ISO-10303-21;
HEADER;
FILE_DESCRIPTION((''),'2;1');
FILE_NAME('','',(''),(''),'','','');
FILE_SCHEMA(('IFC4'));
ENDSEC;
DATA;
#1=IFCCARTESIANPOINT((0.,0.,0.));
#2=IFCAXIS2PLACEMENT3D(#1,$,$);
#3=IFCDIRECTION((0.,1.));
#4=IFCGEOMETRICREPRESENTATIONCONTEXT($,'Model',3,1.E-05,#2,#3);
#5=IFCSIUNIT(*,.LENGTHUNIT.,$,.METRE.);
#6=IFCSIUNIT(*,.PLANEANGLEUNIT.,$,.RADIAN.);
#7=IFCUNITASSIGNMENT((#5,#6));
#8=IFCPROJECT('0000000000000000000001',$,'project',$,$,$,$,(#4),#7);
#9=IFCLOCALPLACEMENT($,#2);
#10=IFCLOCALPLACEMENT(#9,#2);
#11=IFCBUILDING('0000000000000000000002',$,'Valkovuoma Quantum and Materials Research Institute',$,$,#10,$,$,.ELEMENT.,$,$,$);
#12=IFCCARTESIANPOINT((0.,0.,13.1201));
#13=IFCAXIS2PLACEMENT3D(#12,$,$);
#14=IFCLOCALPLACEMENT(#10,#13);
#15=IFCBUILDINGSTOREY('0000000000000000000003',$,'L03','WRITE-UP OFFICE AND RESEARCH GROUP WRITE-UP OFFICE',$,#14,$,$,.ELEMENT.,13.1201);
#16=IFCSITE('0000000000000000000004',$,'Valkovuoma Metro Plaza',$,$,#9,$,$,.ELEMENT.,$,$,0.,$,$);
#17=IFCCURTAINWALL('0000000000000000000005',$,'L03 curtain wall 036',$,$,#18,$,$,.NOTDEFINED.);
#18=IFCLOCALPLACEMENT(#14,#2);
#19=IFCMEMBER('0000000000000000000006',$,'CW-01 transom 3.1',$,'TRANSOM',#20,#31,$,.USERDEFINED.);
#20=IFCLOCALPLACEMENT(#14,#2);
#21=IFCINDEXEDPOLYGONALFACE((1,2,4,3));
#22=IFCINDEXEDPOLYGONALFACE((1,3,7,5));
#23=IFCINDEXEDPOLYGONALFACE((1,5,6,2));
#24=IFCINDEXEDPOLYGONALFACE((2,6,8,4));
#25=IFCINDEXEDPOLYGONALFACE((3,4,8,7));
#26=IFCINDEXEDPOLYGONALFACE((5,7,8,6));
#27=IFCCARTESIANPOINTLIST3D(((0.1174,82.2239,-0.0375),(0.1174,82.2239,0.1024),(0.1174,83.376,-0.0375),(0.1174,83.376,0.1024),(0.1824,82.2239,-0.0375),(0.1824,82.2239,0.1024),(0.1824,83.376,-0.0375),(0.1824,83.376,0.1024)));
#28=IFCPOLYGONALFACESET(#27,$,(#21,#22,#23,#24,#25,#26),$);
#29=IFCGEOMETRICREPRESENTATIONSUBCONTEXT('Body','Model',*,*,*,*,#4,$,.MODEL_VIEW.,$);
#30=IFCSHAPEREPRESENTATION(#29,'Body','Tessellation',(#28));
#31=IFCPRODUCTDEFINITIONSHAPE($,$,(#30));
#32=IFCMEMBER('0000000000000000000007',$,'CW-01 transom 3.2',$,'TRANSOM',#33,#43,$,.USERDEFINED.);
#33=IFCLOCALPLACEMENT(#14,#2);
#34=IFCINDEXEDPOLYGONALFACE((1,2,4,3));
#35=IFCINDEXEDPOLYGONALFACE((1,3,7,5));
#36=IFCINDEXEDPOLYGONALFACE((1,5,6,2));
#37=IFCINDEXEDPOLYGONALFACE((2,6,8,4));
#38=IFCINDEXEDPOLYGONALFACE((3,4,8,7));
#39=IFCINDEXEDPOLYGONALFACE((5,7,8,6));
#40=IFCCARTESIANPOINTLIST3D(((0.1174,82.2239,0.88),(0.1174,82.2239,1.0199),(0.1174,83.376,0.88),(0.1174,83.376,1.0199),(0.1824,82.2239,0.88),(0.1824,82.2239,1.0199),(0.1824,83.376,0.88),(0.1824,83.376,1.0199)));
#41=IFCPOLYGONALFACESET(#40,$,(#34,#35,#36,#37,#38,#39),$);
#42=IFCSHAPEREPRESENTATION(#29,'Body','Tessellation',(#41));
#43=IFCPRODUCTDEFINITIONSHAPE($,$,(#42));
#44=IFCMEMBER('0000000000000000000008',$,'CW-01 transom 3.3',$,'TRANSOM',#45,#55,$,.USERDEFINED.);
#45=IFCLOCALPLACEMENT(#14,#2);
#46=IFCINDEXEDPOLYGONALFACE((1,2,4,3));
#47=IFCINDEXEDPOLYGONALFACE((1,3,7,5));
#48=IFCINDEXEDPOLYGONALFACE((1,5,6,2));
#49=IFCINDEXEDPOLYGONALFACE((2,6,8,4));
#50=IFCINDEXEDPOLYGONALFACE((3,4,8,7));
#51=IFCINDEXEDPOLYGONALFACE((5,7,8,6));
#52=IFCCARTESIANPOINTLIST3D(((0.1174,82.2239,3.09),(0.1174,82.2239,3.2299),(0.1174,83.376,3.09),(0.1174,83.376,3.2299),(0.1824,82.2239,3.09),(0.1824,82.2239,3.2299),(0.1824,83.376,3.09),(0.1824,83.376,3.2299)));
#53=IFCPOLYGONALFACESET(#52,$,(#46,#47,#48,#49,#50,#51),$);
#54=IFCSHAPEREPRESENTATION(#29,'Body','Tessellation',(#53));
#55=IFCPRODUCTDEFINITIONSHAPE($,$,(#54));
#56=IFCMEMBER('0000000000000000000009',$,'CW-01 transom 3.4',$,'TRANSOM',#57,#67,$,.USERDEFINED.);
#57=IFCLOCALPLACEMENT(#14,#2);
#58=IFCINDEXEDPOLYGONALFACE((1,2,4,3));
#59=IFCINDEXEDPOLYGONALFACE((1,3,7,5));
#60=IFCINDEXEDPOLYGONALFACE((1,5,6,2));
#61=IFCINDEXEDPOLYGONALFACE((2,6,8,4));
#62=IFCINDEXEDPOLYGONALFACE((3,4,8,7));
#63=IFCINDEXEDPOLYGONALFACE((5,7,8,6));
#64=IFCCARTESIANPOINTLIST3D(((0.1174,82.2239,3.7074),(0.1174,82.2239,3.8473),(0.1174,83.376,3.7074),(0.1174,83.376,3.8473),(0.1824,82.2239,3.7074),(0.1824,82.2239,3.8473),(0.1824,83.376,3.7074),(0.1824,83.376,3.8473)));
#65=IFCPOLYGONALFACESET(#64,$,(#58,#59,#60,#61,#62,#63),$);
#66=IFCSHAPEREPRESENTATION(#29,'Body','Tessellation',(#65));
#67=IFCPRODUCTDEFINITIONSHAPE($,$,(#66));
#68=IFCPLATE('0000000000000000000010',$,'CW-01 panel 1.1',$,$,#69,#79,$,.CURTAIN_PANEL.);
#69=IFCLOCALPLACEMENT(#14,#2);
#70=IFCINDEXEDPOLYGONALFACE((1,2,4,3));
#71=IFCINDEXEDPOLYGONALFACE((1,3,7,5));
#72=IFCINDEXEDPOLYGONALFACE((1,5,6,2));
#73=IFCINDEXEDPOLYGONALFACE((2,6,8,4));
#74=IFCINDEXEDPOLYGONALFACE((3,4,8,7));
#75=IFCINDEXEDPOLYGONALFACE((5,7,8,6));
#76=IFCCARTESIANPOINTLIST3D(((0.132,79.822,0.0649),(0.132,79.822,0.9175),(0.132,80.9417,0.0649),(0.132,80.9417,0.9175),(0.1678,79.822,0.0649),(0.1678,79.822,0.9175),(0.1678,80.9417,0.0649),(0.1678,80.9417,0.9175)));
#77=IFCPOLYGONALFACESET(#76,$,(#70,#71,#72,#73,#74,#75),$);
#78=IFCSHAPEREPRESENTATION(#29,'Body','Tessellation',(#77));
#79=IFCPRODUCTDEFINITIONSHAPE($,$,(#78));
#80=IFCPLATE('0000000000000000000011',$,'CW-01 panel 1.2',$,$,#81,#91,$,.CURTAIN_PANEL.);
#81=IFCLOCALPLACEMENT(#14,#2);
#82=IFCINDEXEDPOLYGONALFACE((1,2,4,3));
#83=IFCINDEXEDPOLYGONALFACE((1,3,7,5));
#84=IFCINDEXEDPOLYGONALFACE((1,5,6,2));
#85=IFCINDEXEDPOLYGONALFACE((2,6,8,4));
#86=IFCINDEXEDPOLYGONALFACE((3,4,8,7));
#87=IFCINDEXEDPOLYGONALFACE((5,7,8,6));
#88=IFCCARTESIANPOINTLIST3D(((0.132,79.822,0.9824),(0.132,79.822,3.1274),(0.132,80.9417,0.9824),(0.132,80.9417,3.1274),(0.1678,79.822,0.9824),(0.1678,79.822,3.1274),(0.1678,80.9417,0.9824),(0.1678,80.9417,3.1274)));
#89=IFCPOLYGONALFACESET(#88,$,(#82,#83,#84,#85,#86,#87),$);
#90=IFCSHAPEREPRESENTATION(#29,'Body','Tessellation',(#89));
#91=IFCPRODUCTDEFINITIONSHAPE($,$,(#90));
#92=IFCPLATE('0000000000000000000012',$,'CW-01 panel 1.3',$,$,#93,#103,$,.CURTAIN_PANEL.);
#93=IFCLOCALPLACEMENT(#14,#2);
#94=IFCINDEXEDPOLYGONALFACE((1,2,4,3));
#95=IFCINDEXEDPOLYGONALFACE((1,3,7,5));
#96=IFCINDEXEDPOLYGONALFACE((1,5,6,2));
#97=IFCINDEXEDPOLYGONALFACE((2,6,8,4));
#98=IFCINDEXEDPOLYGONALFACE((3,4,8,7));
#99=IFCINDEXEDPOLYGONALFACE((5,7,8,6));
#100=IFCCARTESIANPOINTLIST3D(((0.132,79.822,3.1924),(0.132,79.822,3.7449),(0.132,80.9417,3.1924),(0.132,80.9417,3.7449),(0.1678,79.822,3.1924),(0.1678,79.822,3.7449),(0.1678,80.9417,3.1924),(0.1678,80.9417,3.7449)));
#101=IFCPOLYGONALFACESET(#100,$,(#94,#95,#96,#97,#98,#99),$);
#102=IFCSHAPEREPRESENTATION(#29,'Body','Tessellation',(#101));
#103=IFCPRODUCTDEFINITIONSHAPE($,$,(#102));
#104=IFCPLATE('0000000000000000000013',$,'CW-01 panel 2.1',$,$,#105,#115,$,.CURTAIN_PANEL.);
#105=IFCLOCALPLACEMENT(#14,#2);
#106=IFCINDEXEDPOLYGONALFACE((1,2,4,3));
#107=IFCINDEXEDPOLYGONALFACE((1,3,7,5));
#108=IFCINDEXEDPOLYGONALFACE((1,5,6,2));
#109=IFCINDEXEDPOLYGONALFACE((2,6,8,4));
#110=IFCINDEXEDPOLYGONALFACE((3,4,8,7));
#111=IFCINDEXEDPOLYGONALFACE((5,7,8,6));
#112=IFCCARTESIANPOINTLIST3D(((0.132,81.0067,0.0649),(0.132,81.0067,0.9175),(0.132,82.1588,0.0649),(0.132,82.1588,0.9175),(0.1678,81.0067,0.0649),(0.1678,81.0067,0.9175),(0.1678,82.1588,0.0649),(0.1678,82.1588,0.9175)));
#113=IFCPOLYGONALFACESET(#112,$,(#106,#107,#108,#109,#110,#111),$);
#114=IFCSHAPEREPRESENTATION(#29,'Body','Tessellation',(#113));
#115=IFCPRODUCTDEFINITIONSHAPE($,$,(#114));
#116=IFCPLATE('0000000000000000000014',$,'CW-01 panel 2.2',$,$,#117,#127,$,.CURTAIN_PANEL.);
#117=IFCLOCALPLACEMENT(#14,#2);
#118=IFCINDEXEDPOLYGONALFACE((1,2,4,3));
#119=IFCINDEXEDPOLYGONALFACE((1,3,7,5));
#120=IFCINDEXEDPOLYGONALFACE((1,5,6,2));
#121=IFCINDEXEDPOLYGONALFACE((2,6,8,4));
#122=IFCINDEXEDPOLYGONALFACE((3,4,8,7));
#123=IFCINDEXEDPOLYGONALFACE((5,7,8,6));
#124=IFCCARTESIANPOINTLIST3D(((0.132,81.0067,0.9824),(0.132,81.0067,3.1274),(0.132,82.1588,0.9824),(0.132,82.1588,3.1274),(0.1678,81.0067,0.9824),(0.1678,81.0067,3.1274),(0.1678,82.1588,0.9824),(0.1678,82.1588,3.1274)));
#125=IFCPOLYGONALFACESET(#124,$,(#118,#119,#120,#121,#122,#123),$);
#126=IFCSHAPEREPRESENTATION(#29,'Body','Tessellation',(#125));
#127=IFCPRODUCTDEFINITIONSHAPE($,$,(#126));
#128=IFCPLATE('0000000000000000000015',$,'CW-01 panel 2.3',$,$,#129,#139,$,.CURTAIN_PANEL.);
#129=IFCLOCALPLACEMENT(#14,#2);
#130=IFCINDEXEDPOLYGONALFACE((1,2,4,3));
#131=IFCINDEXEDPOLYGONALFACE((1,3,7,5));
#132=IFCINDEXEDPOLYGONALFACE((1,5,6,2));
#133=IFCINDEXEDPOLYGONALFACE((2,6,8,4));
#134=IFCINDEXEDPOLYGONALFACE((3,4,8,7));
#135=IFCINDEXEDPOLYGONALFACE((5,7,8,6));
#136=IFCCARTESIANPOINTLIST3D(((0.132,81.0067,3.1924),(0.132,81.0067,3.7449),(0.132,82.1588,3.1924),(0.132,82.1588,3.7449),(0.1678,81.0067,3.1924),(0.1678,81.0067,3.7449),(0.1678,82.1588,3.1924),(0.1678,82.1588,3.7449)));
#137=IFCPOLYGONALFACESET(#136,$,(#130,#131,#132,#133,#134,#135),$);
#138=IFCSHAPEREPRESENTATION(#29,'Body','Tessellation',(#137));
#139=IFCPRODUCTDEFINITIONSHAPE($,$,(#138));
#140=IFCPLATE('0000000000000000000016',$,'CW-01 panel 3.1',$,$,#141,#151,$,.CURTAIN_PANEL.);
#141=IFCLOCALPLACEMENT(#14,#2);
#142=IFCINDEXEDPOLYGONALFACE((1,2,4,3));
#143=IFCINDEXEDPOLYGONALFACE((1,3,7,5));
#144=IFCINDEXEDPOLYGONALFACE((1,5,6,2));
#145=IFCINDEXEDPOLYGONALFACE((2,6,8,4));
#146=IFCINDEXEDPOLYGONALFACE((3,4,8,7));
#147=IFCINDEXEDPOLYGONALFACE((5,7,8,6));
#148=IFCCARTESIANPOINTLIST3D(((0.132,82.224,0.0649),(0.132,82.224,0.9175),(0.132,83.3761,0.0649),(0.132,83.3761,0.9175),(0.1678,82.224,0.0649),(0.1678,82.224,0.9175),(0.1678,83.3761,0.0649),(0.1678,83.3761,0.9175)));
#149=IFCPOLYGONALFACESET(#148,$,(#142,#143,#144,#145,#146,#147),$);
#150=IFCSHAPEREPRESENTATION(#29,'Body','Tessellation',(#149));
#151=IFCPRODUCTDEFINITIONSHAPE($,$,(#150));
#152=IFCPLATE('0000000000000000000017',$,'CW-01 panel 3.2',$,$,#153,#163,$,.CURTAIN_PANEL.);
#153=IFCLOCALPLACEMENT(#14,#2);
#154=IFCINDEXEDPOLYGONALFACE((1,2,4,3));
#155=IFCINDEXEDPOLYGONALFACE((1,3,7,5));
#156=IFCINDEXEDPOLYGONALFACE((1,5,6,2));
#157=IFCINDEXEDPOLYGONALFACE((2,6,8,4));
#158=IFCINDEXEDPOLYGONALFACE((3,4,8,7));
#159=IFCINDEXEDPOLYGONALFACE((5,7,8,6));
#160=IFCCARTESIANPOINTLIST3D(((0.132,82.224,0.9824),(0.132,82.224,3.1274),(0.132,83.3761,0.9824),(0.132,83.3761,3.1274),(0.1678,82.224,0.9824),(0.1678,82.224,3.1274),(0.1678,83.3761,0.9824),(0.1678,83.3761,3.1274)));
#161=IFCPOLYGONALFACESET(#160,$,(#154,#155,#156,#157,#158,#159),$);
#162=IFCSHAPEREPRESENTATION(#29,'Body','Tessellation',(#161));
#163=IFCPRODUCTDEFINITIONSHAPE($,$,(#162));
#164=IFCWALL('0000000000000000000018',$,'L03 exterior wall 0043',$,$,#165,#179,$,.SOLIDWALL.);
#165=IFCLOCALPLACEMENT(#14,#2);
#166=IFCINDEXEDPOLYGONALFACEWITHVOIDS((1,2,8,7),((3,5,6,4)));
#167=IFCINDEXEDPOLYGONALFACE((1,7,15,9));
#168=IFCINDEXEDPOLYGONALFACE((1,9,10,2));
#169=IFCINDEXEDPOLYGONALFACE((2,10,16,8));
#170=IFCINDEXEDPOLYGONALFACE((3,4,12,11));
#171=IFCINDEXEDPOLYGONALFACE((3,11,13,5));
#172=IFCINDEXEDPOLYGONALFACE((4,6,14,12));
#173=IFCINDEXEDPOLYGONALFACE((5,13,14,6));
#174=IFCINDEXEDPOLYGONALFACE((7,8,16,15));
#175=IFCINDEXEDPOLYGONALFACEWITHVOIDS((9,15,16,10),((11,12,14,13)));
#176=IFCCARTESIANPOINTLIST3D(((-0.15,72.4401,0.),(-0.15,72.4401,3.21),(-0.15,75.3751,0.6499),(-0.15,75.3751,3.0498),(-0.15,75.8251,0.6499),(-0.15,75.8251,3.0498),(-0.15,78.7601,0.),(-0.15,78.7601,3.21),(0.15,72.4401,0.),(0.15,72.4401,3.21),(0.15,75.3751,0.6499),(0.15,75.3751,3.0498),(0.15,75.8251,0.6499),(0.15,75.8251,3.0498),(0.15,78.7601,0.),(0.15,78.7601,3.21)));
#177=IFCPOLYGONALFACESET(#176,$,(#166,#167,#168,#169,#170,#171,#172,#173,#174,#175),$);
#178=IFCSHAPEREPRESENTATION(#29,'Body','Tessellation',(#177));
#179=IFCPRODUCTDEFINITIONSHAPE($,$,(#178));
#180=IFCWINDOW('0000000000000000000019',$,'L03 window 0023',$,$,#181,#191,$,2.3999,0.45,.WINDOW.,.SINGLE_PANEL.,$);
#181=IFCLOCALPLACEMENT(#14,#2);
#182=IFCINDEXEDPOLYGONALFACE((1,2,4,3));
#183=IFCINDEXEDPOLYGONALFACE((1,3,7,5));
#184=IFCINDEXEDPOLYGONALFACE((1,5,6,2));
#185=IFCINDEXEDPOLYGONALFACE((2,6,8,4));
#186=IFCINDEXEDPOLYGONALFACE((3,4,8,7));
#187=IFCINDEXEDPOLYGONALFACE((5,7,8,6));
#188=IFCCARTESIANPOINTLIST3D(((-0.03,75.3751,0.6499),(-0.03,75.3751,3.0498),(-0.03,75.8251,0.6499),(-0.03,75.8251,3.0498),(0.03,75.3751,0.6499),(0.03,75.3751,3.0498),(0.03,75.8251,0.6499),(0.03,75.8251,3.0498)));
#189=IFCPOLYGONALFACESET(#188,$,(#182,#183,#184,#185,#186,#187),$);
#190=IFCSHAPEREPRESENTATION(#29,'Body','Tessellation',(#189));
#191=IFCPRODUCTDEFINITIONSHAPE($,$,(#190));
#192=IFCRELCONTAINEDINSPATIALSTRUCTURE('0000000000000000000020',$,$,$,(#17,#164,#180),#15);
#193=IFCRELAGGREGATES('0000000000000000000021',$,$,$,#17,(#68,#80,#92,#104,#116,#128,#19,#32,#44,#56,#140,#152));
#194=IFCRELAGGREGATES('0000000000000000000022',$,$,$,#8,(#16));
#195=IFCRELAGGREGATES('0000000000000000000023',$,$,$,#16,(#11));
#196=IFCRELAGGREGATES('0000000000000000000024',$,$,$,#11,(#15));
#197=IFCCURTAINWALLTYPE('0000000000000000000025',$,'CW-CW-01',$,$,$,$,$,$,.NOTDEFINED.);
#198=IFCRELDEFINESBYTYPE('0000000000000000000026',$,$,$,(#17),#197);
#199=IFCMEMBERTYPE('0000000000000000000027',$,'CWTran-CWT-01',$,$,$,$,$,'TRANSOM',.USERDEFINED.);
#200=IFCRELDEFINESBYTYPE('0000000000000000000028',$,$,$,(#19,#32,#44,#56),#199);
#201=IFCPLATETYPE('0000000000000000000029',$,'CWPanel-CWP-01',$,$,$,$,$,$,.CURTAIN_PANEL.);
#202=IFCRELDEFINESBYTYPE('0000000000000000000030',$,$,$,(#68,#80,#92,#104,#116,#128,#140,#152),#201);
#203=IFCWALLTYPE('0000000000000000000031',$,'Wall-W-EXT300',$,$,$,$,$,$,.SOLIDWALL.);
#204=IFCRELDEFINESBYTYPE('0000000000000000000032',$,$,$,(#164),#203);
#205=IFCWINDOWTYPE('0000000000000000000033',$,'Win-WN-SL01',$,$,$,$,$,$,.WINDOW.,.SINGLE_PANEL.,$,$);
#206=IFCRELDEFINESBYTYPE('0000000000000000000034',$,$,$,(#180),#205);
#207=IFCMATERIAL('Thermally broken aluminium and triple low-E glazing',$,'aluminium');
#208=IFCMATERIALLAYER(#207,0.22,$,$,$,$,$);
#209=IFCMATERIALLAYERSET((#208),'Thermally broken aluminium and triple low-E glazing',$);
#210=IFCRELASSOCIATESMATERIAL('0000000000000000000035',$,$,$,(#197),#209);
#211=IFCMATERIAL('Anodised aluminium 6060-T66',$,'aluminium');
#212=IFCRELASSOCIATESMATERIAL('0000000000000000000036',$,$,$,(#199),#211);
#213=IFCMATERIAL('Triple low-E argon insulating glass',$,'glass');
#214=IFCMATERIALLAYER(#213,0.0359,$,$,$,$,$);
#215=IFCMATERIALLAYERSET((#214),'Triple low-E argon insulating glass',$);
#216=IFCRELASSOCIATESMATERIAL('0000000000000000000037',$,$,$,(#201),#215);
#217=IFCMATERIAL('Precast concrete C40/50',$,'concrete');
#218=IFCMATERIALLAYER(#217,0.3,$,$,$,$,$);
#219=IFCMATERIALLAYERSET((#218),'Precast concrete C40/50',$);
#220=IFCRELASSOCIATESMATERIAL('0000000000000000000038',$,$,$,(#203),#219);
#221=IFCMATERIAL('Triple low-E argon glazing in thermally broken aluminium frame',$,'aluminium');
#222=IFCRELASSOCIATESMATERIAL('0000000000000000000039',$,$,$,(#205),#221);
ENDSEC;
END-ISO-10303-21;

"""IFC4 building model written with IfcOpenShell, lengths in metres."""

from ifc_helpers import new_model, si_unit, direction, frame, frame_2d, origin, origin_2d, place, context, subcontext, project, spatial, rectangle, extrude, material, layer, layer_set, material_profile, profile_set, type_object, element, fill, aggregate, save


model = new_model("IFC4")

# Units and contexts
model_context = context("Model", 3, precision=1e-05, world=origin(), true_north=direction((0.0, 1.0)))
body_context = subcontext(model_context, "Body", "Model", "MODEL_VIEW")
ifc_project = project(units=[si_unit("LENGTHUNIT", "METRE"), si_unit("PLANEANGLEUNIT", "RADIAN")], contexts=[model_context])

# Site, building, storey
site_placement = place(None, origin())
site = spatial("IfcSite", under=ifc_project, at=site_placement, Name="Valkovuoma Metro Plaza", CompositionType="ELEMENT", RefElevation=0.0)
building_placement = place(site_placement, origin())
building = spatial("IfcBuilding", under=site, at=building_placement, Name="Valkovuoma Quantum and Materials Research Institute", CompositionType="ELEMENT")
storey_placement = place(building_placement, frame((0.0, 0.0, 13.1201)))
storey = spatial("IfcBuildingStorey", under=building, at=storey_placement, Name="L03", Description="WRITE-UP OFFICE AND RESEARCH GROUP WRITE-UP OFFICE", CompositionType="ELEMENT", Elevation=13.1201)

# Curtain wall, members, plates
ifc_material_1 = material(Name="Thermally broken aluminium and triple low-E glazing", Category="aluminium")
ifc_layer_1 = layer(ifc_material_1, 0.22)
ifc_layer_set_1 = layer_set([ifc_layer_1], Name="Thermally broken aluminium and triple low-E glazing")
curtain_wall_type = type_object("IfcCurtainWallType", Name="CW-CW-01", PredefinedType="NOTDEFINED", material=ifc_layer_set_1)
curtain_wall_placement = place(storey_placement, origin())
curtain_wall = element("IfcCurtainWall", 1, at=curtain_wall_placement, inside=storey, type_object=curtain_wall_type, Name="L03 curtain wall 036", PredefinedType="NOTDEFINED")
ifc_material_2 = material(Name="Anodised aluminium 6060-T66", Category="aluminium")
ifc_material_profile_1 = material_profile(ifc_material_2, rectangle(XDim=0.0649, YDim=0.1399, at=origin_2d()), Name="Anodised aluminium 6060-T66")
ifc_profile_set_1 = profile_set([ifc_material_profile_1], Name="Anodised aluminium 6060-T66")
member_type_1 = type_object("IfcMemberType", Name="CWTran-CWT-01", ElementType="TRANSOM", PredefinedType="USERDEFINED", material=ifc_profile_set_1)
member_1_placement = place(storey_placement, frame((0.1499, 82.2239, 0.0325), z_axis=(0.0, 1.0, 0.0), x_axis=(-1.0, 0.0, 0.0)))
member_1 = element("IfcMember", 2, at=member_1_placement, type_object=member_type_1, Name="CW-01 transom 3.1", ObjectType="TRANSOM", PredefinedType="USERDEFINED", context=body_context, shape_type="SweptSolid", body=[
    extrude(rectangle(XDim=0.0649, YDim=0.1399, at=origin_2d()), origin(), (0.0, 0.0, 1.0), 1.1521),
])
member_2_placement = place(storey_placement, frame((0.1499, 82.2239, 0.95), z_axis=(0.0, 1.0, 0.0), x_axis=(-1.0, 0.0, 0.0)))
member_2 = element("IfcMember", 3, at=member_2_placement, type_object=member_type_1, Name="CW-01 transom 3.2", ObjectType="TRANSOM", PredefinedType="USERDEFINED", context=body_context, shape_type="SweptSolid", body=[
    extrude(rectangle(XDim=0.0649, YDim=0.1399, at=origin_2d()), origin(), (0.0, 0.0, 1.0), 1.1521),
])
member_3_placement = place(storey_placement, frame((0.1499, 82.2239, 3.1599), z_axis=(0.0, 1.0, 0.0), x_axis=(-1.0, 0.0, 0.0)))
member_3 = element("IfcMember", 4, at=member_3_placement, type_object=member_type_1, Name="CW-01 transom 3.3", ObjectType="TRANSOM", PredefinedType="USERDEFINED", context=body_context, shape_type="SweptSolid", body=[
    extrude(rectangle(XDim=0.0649, YDim=0.1399, at=origin_2d()), origin(), (0.0, 0.0, 1.0), 1.1521),
])
member_4_placement = place(storey_placement, frame((0.1499, 82.2239, 3.7773), z_axis=(0.0, 1.0, 0.0), x_axis=(-1.0, 0.0, 0.0)))
member_4 = element("IfcMember", 5, at=member_4_placement, type_object=member_type_1, Name="CW-01 transom 3.4", ObjectType="TRANSOM", PredefinedType="USERDEFINED", context=body_context, shape_type="SweptSolid", body=[
    extrude(rectangle(XDim=0.0649, YDim=0.1399, at=origin_2d()), origin(), (0.0, 0.0, 1.0), 1.1521),
])
ifc_material_3 = material(Name="Triple low-E argon insulating glass", Category="glass")
ifc_layer_2 = layer(ifc_material_3, 0.0359)
ifc_layer_set_2 = layer_set([ifc_layer_2], Name="Triple low-E argon insulating glass")
plate_type = type_object("IfcPlateType", Name="CWPanel-CWP-01", PredefinedType="CURTAIN_PANEL", material=ifc_layer_set_2)
plate_1_placement = place(storey_placement, frame((0.1499, 80.3818, 0.0649), z_axis=(0.0, 0.0, 1.0), x_axis=(0.0, 1.0, 0.0)))
plate_1 = element("IfcPlate", 6, at=plate_1_placement, type_object=plate_type, Name="CW-01 panel 1.1", PredefinedType="CURTAIN_PANEL", context=body_context, shape_type="SweptSolid", body=[
    extrude(rectangle(XDim=1.1196, YDim=0.0359, at=origin_2d()), origin(), (0.0, 0.0, 1.0), 0.8525),
])
plate_2_placement = place(storey_placement, frame((0.1499, 80.3818, 0.9824), z_axis=(0.0, 0.0, 1.0), x_axis=(0.0, 1.0, 0.0)))
plate_2 = element("IfcPlate", 7, at=plate_2_placement, type_object=plate_type, Name="CW-01 panel 1.2", PredefinedType="CURTAIN_PANEL", context=body_context, shape_type="SweptSolid", body=[
    extrude(rectangle(XDim=1.1196, YDim=0.0359, at=origin_2d()), origin(), (0.0, 0.0, 1.0), 2.145),
])
plate_3_placement = place(storey_placement, frame((0.1499, 80.3818, 3.1924), z_axis=(0.0, 0.0, 1.0), x_axis=(0.0, 1.0, 0.0)))
plate_3 = element("IfcPlate", 8, at=plate_3_placement, type_object=plate_type, Name="CW-01 panel 1.3", PredefinedType="CURTAIN_PANEL", context=body_context, shape_type="SweptSolid", body=[
    extrude(rectangle(XDim=1.1196, YDim=0.0359, at=origin_2d()), origin(), (0.0, 0.0, 1.0), 0.5525),
])
plate_4_placement = place(storey_placement, frame((0.1499, 81.5828, 0.0649), z_axis=(0.0, 0.0, 1.0), x_axis=(0.0, 1.0, 0.0)))
plate_4 = element("IfcPlate", 9, at=plate_4_placement, type_object=plate_type, Name="CW-01 panel 2.1", PredefinedType="CURTAIN_PANEL", context=body_context, shape_type="SweptSolid", body=[
    extrude(rectangle(XDim=1.1521, YDim=0.0359, at=origin_2d()), origin(), (0.0, 0.0, 1.0), 0.8525),
])
plate_5_placement = place(storey_placement, frame((0.1499, 81.5828, 0.9824), z_axis=(0.0, 0.0, 1.0), x_axis=(0.0, 1.0, 0.0)))
plate_5 = element("IfcPlate", 10, at=plate_5_placement, type_object=plate_type, Name="CW-01 panel 2.2", PredefinedType="CURTAIN_PANEL", context=body_context, shape_type="SweptSolid", body=[
    extrude(rectangle(XDim=1.1521, YDim=0.0359, at=origin_2d()), origin(), (0.0, 0.0, 1.0), 2.145),
])
plate_6_placement = place(storey_placement, frame((0.1499, 81.5828, 3.1924), z_axis=(0.0, 0.0, 1.0), x_axis=(0.0, 1.0, 0.0)))
plate_6 = element("IfcPlate", 11, at=plate_6_placement, type_object=plate_type, Name="CW-01 panel 2.3", PredefinedType="CURTAIN_PANEL", context=body_context, shape_type="SweptSolid", body=[
    extrude(rectangle(XDim=1.1521, YDim=0.0359, at=origin_2d()), origin(), (0.0, 0.0, 1.0), 0.5525),
])
plate_7_placement = place(storey_placement, frame((0.1499, 82.8, 0.0649), z_axis=(0.0, 0.0, 1.0), x_axis=(0.0, 1.0, 0.0)))
plate_7 = element("IfcPlate", 12, at=plate_7_placement, type_object=plate_type, Name="CW-01 panel 3.1", PredefinedType="CURTAIN_PANEL", context=body_context, shape_type="SweptSolid", body=[
    extrude(rectangle(XDim=1.1521, YDim=0.0359, at=origin_2d()), origin(), (0.0, 0.0, 1.0), 0.8525),
])
plate_8_placement = place(storey_placement, frame((0.1499, 82.8, 0.9824), z_axis=(0.0, 0.0, 1.0), x_axis=(0.0, 1.0, 0.0)))
plate_8 = element("IfcPlate", 13, at=plate_8_placement, type_object=plate_type, Name="CW-01 panel 3.2", PredefinedType="CURTAIN_PANEL", context=body_context, shape_type="SweptSolid", body=[
    extrude(rectangle(XDim=1.1521, YDim=0.0359, at=origin_2d()), origin(), (0.0, 0.0, 1.0), 2.145),
])
aggregate(curtain_wall, [plate_1, plate_2, plate_3, plate_4, plate_5, plate_6, member_1, member_2, member_3, member_4, plate_7, plate_8])

# Wall, opening, window
ifc_material_4 = material(Name="Precast concrete C40/50", Category="concrete")
ifc_layer_3 = layer(ifc_material_4, 0.3)
ifc_layer_set_3 = layer_set([ifc_layer_3], Name="Precast concrete C40/50")
wall_type = type_object("IfcWallType", Name="Wall-W-EXT300", PredefinedType="SOLIDWALL", material=ifc_layer_set_3)
wall_placement = place(storey_placement, frame((0.0, 72.4399, 0.0), z_axis=(0.0, 0.0, 1.0), x_axis=(0.0, 1.0, 0.0)))
wall = element("IfcWall", 14, at=wall_placement, inside=storey, type_object=wall_type, Name="L03 exterior wall 0043", PredefinedType="SOLIDWALL", context=body_context, shape_type="SweptSolid", body=[
    extrude(rectangle(XDim=6.3201, YDim=0.3, at=frame_2d((3.1602, 0.0))), origin(), (0.0, 0.0, 1.0), 3.21),
])
opening_placement = place(wall_placement, frame((2.9351, 0.0, 0.6499)))
opening = element("IfcOpeningElement", 15, at=opening_placement, cuts=wall, PredefinedType="OPENING", context=body_context, shape_type="SweptSolid", body=[
    extrude(rectangle(XDim=0.45, YDim=2.3999, at=frame_2d((0.2251, 1.2))), frame((0.0, 0.1602, 0.0), z_axis=(0.0, -1.0, 0.0), x_axis=(1.0, 0.0, 0.0)), (0.0, 0.0, 1.0), 0.3201),
])
ifc_material_5 = material(Name="Triple low-E argon glazing in thermally broken aluminium frame", Category="aluminium")
window_type = type_object("IfcWindowType", Name="Win-WN-SL01", PartitioningType="SINGLE_PANEL", PredefinedType="WINDOW", material=ifc_material_5)
window_placement = place(opening_placement, origin())
window = element("IfcWindow", 16, at=window_placement, inside=storey, type_object=window_type, Name="L03 window 0023", OverallHeight=2.3999, OverallWidth=0.45, PartitioningType="SINGLE_PANEL", PredefinedType="WINDOW", context=body_context, shape_type="SweptSolid", body=[
    extrude(rectangle(XDim=0.45, YDim=2.3999, at=frame_2d((0.2251, 1.2))), frame((0.0, 0.03, 0.0), z_axis=(0.0, -1.0, 0.0), x_axis=(1.0, 0.0, 0.0)), (0.0, 0.0, 1.0), 0.0601),
])
fill(opening, window)

save(model, "model.ifc")
